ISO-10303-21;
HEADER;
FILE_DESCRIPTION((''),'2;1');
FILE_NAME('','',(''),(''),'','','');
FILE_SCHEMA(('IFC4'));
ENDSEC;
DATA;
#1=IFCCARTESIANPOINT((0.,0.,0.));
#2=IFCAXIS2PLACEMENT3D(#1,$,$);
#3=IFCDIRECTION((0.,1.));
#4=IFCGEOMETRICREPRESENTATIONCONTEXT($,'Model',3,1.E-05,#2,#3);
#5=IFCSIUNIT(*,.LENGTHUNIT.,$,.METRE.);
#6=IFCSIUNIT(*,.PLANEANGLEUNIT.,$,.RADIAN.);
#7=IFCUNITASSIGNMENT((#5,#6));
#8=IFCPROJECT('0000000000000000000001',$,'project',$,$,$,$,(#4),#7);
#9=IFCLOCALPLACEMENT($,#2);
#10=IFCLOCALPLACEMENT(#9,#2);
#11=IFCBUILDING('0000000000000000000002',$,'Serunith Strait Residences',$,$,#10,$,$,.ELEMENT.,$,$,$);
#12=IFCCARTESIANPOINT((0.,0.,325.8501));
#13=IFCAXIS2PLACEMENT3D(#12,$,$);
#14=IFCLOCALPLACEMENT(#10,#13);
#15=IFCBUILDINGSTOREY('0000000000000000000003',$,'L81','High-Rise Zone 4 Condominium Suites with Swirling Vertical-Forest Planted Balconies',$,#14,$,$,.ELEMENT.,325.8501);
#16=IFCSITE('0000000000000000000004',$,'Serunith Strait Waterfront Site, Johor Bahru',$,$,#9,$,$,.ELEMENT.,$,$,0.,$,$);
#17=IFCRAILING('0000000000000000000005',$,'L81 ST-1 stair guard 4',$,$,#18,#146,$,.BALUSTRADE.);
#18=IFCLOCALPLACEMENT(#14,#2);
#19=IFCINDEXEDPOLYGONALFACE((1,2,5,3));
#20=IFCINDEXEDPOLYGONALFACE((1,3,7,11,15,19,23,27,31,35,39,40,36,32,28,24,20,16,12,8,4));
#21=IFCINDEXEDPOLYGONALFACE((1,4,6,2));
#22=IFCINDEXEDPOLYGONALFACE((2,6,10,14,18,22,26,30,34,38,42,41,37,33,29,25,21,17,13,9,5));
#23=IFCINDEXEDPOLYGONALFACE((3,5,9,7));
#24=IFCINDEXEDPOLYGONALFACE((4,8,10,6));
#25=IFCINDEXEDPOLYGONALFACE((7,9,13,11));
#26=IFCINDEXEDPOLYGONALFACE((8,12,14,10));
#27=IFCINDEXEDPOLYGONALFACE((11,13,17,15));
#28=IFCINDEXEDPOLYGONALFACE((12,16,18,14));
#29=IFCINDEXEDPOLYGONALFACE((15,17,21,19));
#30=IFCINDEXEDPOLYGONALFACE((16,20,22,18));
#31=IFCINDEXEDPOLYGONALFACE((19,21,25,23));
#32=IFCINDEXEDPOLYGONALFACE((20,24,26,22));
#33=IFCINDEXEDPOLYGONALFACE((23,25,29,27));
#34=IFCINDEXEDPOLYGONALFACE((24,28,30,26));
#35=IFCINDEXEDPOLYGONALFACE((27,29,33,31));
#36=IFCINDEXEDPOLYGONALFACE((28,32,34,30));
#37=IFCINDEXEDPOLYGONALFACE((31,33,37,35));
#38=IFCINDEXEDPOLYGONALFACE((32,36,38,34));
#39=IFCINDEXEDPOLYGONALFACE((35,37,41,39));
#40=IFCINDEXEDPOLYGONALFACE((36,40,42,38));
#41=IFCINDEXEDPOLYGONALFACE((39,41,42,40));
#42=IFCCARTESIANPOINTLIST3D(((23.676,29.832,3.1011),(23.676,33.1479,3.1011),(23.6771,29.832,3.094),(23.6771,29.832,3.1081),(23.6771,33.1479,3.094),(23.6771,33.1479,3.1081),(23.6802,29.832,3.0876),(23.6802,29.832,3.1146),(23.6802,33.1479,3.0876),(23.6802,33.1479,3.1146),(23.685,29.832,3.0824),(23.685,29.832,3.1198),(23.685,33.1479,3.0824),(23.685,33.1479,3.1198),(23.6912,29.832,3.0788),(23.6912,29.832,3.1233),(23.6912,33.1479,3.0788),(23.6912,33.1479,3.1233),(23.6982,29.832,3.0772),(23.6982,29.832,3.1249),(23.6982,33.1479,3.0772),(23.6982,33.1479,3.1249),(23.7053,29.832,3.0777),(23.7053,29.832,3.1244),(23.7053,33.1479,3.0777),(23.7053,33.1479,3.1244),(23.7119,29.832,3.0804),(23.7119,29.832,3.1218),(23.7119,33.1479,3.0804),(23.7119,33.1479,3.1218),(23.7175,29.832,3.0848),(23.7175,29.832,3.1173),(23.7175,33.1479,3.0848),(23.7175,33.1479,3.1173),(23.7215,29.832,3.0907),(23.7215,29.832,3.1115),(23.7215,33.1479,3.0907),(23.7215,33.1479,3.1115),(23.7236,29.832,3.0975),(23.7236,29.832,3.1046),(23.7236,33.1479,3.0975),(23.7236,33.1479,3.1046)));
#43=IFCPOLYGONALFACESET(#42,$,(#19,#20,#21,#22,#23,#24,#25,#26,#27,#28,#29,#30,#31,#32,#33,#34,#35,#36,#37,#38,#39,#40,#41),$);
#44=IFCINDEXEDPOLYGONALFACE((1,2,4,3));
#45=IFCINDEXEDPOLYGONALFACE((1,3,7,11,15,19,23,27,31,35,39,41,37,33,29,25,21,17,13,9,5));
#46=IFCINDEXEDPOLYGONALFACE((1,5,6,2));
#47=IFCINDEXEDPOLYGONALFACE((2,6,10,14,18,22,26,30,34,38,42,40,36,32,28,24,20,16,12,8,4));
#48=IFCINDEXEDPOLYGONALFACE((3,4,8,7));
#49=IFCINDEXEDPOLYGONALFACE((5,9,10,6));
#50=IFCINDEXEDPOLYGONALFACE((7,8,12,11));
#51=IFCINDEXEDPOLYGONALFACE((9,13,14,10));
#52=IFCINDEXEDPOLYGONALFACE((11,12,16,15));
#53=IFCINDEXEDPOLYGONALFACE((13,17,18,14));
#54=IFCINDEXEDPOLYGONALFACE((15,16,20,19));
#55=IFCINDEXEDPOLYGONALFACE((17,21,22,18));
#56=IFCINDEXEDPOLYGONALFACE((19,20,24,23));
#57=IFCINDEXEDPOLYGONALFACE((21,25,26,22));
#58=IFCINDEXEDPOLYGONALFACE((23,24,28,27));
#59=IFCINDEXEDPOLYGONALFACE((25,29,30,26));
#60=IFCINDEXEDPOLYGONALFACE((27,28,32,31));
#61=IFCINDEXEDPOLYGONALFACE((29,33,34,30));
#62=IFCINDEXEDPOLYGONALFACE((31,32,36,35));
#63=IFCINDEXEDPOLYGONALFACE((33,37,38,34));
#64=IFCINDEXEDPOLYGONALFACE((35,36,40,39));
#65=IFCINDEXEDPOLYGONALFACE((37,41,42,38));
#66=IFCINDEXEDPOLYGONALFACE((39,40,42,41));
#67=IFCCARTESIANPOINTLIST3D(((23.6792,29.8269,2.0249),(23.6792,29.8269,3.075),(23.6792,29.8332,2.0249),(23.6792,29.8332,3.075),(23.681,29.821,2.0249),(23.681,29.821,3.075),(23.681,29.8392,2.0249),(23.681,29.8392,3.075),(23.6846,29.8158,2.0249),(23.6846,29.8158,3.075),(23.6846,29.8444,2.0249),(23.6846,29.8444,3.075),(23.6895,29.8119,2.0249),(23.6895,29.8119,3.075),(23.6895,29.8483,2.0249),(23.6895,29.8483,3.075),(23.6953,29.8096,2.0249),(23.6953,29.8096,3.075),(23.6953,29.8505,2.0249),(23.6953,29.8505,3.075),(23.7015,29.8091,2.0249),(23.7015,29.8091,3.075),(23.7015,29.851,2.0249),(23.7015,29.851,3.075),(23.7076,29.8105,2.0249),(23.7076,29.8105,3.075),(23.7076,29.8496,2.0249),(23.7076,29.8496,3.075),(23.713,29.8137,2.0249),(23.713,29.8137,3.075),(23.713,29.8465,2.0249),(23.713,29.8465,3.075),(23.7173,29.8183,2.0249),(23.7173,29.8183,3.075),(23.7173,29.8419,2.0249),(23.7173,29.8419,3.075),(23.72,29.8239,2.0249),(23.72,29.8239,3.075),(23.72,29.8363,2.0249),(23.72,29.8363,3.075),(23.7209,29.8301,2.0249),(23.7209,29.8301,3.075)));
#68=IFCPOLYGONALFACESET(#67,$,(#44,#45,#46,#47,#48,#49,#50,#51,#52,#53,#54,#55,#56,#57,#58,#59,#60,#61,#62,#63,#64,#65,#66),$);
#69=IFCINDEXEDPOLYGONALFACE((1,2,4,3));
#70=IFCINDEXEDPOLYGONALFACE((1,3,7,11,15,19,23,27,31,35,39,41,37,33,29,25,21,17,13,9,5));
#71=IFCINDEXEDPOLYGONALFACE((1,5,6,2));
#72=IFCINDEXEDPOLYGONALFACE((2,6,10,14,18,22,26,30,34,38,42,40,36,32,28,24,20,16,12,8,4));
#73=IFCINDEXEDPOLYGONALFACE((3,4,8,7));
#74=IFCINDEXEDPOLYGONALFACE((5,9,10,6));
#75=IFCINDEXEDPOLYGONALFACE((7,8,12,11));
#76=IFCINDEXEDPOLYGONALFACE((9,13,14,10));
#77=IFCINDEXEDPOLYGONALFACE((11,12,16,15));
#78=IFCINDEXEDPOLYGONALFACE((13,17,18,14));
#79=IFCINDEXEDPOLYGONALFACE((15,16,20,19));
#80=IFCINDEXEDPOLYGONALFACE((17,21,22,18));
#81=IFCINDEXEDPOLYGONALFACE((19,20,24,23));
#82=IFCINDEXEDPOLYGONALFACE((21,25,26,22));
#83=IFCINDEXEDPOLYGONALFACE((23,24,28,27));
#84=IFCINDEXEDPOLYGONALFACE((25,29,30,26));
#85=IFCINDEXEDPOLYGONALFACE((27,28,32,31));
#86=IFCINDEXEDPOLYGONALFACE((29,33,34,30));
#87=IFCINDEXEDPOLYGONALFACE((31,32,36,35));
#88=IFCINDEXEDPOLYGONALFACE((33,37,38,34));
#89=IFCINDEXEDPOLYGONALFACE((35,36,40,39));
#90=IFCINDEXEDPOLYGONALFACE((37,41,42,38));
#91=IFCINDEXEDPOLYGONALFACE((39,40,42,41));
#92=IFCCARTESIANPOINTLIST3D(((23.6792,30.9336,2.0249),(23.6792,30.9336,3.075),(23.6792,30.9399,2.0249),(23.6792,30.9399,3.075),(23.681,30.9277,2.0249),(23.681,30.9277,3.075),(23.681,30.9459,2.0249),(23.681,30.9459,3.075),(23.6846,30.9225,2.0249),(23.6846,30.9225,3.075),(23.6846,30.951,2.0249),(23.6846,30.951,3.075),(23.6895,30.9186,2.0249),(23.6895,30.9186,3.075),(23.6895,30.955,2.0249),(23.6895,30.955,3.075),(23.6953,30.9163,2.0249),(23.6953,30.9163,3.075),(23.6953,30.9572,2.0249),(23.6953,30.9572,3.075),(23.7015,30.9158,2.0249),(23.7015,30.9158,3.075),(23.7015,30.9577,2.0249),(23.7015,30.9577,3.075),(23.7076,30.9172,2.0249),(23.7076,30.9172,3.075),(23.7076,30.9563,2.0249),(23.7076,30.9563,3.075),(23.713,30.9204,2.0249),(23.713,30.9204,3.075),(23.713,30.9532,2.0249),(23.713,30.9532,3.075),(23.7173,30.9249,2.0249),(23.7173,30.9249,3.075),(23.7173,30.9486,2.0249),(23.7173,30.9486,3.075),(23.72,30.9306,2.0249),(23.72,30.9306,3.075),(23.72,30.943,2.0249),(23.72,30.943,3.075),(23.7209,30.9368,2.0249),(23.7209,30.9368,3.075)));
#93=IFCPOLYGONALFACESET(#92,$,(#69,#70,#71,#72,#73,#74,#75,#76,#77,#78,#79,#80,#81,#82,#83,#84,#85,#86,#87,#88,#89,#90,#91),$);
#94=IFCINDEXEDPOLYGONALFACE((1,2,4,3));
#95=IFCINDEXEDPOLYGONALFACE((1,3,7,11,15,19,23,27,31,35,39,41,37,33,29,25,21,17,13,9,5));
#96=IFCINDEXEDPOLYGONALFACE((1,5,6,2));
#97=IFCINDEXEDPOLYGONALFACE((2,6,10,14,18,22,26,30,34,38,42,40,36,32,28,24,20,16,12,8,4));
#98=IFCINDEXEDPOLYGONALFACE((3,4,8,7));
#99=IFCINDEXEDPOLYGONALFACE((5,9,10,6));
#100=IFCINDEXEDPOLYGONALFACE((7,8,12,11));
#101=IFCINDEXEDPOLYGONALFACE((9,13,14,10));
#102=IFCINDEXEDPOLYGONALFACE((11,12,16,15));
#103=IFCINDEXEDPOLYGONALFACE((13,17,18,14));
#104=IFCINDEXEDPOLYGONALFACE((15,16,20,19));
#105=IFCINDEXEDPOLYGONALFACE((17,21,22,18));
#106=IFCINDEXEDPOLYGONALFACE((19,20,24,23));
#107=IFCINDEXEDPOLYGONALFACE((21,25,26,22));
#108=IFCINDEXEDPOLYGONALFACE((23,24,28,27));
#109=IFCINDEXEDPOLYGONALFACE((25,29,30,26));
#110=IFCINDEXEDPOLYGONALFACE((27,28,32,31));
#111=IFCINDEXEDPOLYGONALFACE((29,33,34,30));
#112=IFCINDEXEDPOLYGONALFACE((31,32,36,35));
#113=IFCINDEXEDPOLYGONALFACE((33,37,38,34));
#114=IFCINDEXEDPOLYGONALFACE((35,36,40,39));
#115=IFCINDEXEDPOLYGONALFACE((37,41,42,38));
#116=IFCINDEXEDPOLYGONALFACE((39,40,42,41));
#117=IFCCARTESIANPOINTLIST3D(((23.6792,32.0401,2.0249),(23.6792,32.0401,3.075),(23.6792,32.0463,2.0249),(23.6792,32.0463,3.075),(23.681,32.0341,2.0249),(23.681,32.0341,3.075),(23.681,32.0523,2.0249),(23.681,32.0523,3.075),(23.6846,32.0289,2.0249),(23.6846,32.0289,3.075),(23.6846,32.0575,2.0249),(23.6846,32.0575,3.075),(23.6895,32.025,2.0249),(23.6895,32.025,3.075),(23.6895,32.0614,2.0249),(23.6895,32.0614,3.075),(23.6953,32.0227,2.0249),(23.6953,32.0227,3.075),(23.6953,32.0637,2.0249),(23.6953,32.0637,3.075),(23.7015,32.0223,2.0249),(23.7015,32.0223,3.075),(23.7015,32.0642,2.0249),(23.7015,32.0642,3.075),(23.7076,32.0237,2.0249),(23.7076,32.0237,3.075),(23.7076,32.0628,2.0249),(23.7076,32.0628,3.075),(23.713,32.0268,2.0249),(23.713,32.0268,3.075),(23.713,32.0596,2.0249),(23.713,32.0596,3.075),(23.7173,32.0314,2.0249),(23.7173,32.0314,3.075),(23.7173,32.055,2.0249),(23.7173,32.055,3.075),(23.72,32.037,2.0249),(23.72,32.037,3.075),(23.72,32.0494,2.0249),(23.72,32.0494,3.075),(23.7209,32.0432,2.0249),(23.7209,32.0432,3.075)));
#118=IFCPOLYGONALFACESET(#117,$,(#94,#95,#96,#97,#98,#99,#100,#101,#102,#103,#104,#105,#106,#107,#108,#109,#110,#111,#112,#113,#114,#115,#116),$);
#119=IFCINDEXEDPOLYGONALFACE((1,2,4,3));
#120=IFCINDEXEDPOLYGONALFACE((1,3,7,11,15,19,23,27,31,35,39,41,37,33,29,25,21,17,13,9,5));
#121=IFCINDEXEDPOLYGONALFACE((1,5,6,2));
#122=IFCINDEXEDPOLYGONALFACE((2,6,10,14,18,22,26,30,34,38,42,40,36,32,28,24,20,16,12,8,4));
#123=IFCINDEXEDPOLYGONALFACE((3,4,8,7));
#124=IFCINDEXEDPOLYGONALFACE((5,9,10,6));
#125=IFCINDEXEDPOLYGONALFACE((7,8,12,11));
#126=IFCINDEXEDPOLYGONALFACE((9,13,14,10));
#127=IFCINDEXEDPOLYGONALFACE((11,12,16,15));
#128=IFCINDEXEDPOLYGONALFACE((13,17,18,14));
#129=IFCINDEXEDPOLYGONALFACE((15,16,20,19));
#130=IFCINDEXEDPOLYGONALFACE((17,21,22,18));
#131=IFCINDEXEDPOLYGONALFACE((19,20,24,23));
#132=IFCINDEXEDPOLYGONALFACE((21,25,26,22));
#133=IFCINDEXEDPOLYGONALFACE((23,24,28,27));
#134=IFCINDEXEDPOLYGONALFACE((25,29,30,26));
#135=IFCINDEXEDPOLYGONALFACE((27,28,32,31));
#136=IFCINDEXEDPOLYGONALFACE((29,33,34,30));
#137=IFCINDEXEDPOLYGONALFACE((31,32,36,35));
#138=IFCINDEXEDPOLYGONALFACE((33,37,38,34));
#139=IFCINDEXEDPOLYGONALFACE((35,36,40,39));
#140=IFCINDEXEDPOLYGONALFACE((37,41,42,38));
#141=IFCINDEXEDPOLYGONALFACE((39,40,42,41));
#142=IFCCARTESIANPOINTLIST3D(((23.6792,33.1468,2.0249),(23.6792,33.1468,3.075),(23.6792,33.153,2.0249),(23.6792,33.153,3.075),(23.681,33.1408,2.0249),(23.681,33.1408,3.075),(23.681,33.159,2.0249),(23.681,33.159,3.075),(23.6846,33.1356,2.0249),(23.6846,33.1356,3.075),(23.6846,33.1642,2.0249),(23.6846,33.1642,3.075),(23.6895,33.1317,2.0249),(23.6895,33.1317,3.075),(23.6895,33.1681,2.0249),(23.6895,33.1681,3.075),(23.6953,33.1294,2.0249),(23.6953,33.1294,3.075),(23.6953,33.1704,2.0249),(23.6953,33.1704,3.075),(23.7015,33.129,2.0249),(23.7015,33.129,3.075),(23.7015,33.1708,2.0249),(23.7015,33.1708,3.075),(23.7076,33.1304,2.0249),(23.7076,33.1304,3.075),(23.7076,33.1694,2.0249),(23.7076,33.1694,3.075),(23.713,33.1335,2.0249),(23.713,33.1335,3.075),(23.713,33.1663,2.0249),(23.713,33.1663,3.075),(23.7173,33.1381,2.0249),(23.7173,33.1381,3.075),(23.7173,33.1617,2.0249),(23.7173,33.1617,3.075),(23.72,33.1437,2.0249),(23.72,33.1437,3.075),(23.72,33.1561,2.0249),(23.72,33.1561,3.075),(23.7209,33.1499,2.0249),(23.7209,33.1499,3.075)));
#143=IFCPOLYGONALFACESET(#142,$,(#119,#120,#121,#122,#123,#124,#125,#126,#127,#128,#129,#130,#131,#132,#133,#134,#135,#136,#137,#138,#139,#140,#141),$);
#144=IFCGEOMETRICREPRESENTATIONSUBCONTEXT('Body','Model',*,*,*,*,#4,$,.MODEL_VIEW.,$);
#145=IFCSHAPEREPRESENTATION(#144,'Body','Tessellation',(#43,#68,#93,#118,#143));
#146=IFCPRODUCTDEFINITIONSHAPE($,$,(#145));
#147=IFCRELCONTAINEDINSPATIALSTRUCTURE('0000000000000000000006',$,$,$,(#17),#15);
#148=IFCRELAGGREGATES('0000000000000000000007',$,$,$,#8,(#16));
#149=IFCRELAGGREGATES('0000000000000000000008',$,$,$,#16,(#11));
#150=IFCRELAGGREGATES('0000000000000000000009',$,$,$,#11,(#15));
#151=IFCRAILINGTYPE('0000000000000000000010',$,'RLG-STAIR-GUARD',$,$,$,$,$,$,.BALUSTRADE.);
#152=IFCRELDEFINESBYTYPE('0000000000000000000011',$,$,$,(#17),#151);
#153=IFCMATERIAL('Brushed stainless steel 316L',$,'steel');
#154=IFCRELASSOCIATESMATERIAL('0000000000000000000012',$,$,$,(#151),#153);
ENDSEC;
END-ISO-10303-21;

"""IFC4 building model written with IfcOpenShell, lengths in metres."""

from ifc_helpers import new_model, si_unit, direction, frame, origin, origin_2d, place, context, subcontext, project, spatial, circle, extrude, material, type_object, element, save


model = new_model("IFC4")

# Units and contexts
model_context = context("Model", 3, precision=1e-05, world=origin(), true_north=direction((0.0, 1.0)))
body_context = subcontext(model_context, "Body", "Model", "MODEL_VIEW")
ifc_project = project(units=[si_unit("LENGTHUNIT", "METRE"), si_unit("PLANEANGLEUNIT", "RADIAN")], contexts=[model_context])

# Site, building, storey
site_placement = place(None, origin())
site = spatial("IfcSite", under=ifc_project, at=site_placement, Name="Serunith Strait Waterfront Site, Johor Bahru", CompositionType="ELEMENT", RefElevation=0.0)
building_placement = place(site_placement, origin())
building = spatial("IfcBuilding", under=site, at=building_placement, Name="Serunith Strait Residences", CompositionType="ELEMENT")
storey_placement = place(building_placement, frame((0.0, 0.0, 325.8501)))
storey = spatial("IfcBuildingStorey", under=building, at=storey_placement, Name="L81", Description="High-Rise Zone 4 Condominium Suites with Swirling Vertical-Forest Planted Balconies", CompositionType="ELEMENT", Elevation=325.8501)

# Railing
ifc_material_1 = material(Name="Brushed stainless steel 316L", Category="steel")
railing_type_1 = type_object("IfcRailingType", Name="RLG-STAIR-GUARD", PredefinedType="BALUSTRADE", material=ifc_material_1)
for number, where, name in (
    (1, (23.7, 29.8301, 2.0249), "L81 ST-1 stair guard 4"),
):
    element("IfcRailing", number, at=place(storey_placement, frame(where)), inside=storey, type_object=railing_type_1, Name=name, PredefinedType="BALUSTRADE", context=body_context, shape_type="SweptSolid", body=[
        extrude(circle(Radius=0.0239, at=origin_2d()), frame((0.0, 0.002, 1.0762), z_axis=(0.0, 1.0, 0.0), x_axis=(-1.0, 0.0, 0.0)), (0.0, 0.0, 1.0), 3.3159),
        extrude(circle(Radius=0.021, at=origin_2d()), origin(), (0.0, 0.0, 1.0), 1.05),
        extrude(circle(Radius=0.021, at=origin_2d()), frame((0.0, 1.1067, 0.0)), (0.0, 0.0, 1.0), 1.05),
        extrude(circle(Radius=0.021, at=origin_2d()), frame((0.0, 2.2131, 0.0)), (0.0, 0.0, 1.0), 1.05),
        extrude(circle(Radius=0.021, at=origin_2d()), frame((0.0, 3.3198, 0.0)), (0.0, 0.0, 1.0), 1.05),
    ])

save(model, "model.ifc")
